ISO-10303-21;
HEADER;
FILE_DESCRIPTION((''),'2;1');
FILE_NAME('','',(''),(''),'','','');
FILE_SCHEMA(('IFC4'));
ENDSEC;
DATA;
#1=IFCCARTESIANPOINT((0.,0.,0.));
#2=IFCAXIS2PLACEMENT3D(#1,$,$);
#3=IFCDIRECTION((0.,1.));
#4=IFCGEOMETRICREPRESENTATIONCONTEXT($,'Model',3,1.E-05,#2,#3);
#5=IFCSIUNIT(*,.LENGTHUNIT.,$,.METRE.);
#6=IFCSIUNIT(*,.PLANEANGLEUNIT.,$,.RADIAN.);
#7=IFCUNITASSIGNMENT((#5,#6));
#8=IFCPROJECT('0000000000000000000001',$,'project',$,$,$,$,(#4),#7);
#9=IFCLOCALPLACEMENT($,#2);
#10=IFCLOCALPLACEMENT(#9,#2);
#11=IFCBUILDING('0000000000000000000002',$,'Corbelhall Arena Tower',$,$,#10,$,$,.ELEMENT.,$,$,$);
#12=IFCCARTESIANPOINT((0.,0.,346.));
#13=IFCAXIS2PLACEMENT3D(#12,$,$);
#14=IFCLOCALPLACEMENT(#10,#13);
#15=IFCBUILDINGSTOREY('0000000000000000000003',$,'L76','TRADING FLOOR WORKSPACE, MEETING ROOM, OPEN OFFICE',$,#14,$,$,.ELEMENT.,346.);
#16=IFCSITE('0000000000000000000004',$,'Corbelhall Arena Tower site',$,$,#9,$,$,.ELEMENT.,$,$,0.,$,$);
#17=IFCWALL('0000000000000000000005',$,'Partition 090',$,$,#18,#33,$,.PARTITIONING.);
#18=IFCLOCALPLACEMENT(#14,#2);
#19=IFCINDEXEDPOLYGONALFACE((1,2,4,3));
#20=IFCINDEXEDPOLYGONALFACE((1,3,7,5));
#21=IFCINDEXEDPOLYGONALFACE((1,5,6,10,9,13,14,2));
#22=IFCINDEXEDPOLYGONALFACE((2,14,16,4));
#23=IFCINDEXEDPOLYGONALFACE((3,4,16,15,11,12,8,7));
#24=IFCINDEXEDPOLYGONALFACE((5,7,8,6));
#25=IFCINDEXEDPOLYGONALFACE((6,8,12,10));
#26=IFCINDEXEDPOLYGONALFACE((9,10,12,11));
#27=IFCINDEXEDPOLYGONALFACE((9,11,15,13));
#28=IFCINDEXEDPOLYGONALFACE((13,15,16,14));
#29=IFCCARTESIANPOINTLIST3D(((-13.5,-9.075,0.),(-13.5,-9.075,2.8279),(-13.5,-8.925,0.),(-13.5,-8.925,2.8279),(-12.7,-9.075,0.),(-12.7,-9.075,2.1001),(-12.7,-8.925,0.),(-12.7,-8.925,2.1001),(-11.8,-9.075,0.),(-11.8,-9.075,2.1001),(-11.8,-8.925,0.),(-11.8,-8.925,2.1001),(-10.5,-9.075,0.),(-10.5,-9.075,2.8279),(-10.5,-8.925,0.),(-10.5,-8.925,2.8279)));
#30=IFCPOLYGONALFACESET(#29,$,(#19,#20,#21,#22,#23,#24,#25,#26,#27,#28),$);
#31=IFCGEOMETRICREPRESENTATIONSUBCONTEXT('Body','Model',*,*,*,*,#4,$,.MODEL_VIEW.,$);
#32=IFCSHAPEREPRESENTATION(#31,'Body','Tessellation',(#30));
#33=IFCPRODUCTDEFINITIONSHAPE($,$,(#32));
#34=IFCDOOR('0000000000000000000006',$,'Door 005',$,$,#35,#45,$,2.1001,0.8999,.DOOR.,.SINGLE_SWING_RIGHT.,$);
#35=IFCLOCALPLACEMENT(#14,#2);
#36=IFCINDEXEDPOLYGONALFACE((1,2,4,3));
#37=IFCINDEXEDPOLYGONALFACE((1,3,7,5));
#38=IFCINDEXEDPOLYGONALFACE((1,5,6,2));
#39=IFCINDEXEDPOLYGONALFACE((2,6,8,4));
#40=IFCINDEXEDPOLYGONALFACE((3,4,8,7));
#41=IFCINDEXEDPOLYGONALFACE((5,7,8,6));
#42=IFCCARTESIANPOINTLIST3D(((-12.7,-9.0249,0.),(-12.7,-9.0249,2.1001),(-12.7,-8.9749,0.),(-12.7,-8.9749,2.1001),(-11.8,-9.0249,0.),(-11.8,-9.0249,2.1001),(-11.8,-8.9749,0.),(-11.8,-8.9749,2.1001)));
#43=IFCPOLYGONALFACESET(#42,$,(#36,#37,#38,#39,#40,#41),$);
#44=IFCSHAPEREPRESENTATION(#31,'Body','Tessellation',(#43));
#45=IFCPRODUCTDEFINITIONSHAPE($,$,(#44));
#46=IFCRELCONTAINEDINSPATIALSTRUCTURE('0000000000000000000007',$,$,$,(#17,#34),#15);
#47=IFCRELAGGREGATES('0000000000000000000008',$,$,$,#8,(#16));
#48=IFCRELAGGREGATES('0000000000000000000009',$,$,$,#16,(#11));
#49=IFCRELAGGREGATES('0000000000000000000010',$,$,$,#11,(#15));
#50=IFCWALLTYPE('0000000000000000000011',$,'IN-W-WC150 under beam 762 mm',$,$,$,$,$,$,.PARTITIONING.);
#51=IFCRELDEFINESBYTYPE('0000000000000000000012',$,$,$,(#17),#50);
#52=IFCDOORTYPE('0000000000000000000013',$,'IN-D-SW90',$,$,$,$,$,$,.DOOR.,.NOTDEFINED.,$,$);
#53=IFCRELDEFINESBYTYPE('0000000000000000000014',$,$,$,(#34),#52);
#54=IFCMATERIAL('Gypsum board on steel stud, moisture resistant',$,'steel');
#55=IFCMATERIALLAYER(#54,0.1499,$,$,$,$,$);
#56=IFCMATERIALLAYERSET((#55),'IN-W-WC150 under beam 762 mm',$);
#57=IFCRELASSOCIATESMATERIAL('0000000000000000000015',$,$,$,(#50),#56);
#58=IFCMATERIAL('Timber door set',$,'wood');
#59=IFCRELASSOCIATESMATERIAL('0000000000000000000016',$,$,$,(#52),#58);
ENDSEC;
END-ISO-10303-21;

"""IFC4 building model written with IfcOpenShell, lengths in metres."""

from ifc_helpers import new_model, si_unit, direction, frame, frame_2d, origin, place, context, subcontext, project, spatial, rectangle, extrude, material, layer, layer_set, type_object, element, fill, save


model = new_model("IFC4")

# Units and contexts
model_context = context("Model", 3, precision=1e-05, world=origin(), true_north=direction((0.0, 1.0)))
body_context = subcontext(model_context, "Body", "Model", "MODEL_VIEW")
ifc_project = project(units=[si_unit("LENGTHUNIT", "METRE"), si_unit("PLANEANGLEUNIT", "RADIAN")], contexts=[model_context])

# Site, building, storey
site_placement = place(None, origin())
site = spatial("IfcSite", under=ifc_project, at=site_placement, Name="Corbelhall Arena Tower site", CompositionType="ELEMENT", RefElevation=0.0)
building_placement = place(site_placement, origin())
building = spatial("IfcBuilding", under=site, at=building_placement, Name="Corbelhall Arena Tower", CompositionType="ELEMENT")
storey_placement = place(building_placement, frame((0.0, 0.0, 346.0)))
storey = spatial("IfcBuildingStorey", under=building, at=storey_placement, Name="L76", Description="TRADING FLOOR WORKSPACE, MEETING ROOM, OPEN OFFICE", CompositionType="ELEMENT", Elevation=346.0)

# Shared definitions
ifc_material_1 = material(Name="Gypsum board on steel stud, moisture resistant", Category="steel")
ifc_layer_1 = layer(ifc_material_1, 0.1499)
ifc_layer_set_1 = layer_set([ifc_layer_1], Name="IN-W-WC150 under beam 762 mm")
wall_type_1 = type_object("IfcWallType", Name="IN-W-WC150 under beam 762 mm", PredefinedType="PARTITIONING", material=ifc_layer_set_1)

# Wall, opening, door
wall_1_placement = place(storey_placement, frame((-10.5, -9.0, 0.0), z_axis=(0.0, 0.0, 1.0), x_axis=(-1.0, 0.0, 0.0)))
wall_1 = element("IfcWall", 1, at=wall_1_placement, inside=storey, type_object=wall_type_1, Name="Partition 090", PredefinedType="PARTITIONING", context=body_context, shape_type="SweptSolid", body=[
    extrude(rectangle(XDim=3.0, YDim=0.1499, at=frame_2d((1.5, 0.0))), origin(), (0.0, 0.0, 1.0), 2.8279),
])
opening_1_placement = place(wall_1_placement, frame((1.3, 0.0, 0.0)))
opening_1 = element("IfcOpeningElement", 2, at=opening_1_placement, cuts=wall_1, PredefinedType="OPENING", context=body_context, shape_type="SweptSolid", body=[
    extrude(rectangle(XDim=0.8999, YDim=2.1001, at=frame_2d((0.45, 1.05))), frame((0.0, 0.075, 0.0), z_axis=(0.0, -1.0, 0.0), x_axis=(1.0, 0.0, 0.0)), (0.0, 0.0, 1.0), 0.1499),
])
ifc_material_2 = material(Name="Timber door set", Category="wood")
door_type_1 = type_object("IfcDoorType", Name="IN-D-SW90", OperationType="NOTDEFINED", PredefinedType="DOOR", material=ifc_material_2)
door_1_placement = place(opening_1_placement, origin())
door_1 = element("IfcDoor", 3, at=door_1_placement, inside=storey, type_object=door_type_1, Name="Door 005", OperationType="SINGLE_SWING_RIGHT", OverallHeight=2.1001, OverallWidth=0.8999, PredefinedType="DOOR", context=body_context, shape_type="SweptSolid", body=[
    extrude(rectangle(XDim=0.8999, YDim=2.1001, at=frame_2d((0.45, 1.05))), frame((0.0, 0.0249, 0.0), z_axis=(0.0, -1.0, 0.0), x_axis=(1.0, 0.0, 0.0)), (0.0, 0.0, 1.0), 0.05),
])
fill(opening_1, door_1)

save(model, "model.ifc")
